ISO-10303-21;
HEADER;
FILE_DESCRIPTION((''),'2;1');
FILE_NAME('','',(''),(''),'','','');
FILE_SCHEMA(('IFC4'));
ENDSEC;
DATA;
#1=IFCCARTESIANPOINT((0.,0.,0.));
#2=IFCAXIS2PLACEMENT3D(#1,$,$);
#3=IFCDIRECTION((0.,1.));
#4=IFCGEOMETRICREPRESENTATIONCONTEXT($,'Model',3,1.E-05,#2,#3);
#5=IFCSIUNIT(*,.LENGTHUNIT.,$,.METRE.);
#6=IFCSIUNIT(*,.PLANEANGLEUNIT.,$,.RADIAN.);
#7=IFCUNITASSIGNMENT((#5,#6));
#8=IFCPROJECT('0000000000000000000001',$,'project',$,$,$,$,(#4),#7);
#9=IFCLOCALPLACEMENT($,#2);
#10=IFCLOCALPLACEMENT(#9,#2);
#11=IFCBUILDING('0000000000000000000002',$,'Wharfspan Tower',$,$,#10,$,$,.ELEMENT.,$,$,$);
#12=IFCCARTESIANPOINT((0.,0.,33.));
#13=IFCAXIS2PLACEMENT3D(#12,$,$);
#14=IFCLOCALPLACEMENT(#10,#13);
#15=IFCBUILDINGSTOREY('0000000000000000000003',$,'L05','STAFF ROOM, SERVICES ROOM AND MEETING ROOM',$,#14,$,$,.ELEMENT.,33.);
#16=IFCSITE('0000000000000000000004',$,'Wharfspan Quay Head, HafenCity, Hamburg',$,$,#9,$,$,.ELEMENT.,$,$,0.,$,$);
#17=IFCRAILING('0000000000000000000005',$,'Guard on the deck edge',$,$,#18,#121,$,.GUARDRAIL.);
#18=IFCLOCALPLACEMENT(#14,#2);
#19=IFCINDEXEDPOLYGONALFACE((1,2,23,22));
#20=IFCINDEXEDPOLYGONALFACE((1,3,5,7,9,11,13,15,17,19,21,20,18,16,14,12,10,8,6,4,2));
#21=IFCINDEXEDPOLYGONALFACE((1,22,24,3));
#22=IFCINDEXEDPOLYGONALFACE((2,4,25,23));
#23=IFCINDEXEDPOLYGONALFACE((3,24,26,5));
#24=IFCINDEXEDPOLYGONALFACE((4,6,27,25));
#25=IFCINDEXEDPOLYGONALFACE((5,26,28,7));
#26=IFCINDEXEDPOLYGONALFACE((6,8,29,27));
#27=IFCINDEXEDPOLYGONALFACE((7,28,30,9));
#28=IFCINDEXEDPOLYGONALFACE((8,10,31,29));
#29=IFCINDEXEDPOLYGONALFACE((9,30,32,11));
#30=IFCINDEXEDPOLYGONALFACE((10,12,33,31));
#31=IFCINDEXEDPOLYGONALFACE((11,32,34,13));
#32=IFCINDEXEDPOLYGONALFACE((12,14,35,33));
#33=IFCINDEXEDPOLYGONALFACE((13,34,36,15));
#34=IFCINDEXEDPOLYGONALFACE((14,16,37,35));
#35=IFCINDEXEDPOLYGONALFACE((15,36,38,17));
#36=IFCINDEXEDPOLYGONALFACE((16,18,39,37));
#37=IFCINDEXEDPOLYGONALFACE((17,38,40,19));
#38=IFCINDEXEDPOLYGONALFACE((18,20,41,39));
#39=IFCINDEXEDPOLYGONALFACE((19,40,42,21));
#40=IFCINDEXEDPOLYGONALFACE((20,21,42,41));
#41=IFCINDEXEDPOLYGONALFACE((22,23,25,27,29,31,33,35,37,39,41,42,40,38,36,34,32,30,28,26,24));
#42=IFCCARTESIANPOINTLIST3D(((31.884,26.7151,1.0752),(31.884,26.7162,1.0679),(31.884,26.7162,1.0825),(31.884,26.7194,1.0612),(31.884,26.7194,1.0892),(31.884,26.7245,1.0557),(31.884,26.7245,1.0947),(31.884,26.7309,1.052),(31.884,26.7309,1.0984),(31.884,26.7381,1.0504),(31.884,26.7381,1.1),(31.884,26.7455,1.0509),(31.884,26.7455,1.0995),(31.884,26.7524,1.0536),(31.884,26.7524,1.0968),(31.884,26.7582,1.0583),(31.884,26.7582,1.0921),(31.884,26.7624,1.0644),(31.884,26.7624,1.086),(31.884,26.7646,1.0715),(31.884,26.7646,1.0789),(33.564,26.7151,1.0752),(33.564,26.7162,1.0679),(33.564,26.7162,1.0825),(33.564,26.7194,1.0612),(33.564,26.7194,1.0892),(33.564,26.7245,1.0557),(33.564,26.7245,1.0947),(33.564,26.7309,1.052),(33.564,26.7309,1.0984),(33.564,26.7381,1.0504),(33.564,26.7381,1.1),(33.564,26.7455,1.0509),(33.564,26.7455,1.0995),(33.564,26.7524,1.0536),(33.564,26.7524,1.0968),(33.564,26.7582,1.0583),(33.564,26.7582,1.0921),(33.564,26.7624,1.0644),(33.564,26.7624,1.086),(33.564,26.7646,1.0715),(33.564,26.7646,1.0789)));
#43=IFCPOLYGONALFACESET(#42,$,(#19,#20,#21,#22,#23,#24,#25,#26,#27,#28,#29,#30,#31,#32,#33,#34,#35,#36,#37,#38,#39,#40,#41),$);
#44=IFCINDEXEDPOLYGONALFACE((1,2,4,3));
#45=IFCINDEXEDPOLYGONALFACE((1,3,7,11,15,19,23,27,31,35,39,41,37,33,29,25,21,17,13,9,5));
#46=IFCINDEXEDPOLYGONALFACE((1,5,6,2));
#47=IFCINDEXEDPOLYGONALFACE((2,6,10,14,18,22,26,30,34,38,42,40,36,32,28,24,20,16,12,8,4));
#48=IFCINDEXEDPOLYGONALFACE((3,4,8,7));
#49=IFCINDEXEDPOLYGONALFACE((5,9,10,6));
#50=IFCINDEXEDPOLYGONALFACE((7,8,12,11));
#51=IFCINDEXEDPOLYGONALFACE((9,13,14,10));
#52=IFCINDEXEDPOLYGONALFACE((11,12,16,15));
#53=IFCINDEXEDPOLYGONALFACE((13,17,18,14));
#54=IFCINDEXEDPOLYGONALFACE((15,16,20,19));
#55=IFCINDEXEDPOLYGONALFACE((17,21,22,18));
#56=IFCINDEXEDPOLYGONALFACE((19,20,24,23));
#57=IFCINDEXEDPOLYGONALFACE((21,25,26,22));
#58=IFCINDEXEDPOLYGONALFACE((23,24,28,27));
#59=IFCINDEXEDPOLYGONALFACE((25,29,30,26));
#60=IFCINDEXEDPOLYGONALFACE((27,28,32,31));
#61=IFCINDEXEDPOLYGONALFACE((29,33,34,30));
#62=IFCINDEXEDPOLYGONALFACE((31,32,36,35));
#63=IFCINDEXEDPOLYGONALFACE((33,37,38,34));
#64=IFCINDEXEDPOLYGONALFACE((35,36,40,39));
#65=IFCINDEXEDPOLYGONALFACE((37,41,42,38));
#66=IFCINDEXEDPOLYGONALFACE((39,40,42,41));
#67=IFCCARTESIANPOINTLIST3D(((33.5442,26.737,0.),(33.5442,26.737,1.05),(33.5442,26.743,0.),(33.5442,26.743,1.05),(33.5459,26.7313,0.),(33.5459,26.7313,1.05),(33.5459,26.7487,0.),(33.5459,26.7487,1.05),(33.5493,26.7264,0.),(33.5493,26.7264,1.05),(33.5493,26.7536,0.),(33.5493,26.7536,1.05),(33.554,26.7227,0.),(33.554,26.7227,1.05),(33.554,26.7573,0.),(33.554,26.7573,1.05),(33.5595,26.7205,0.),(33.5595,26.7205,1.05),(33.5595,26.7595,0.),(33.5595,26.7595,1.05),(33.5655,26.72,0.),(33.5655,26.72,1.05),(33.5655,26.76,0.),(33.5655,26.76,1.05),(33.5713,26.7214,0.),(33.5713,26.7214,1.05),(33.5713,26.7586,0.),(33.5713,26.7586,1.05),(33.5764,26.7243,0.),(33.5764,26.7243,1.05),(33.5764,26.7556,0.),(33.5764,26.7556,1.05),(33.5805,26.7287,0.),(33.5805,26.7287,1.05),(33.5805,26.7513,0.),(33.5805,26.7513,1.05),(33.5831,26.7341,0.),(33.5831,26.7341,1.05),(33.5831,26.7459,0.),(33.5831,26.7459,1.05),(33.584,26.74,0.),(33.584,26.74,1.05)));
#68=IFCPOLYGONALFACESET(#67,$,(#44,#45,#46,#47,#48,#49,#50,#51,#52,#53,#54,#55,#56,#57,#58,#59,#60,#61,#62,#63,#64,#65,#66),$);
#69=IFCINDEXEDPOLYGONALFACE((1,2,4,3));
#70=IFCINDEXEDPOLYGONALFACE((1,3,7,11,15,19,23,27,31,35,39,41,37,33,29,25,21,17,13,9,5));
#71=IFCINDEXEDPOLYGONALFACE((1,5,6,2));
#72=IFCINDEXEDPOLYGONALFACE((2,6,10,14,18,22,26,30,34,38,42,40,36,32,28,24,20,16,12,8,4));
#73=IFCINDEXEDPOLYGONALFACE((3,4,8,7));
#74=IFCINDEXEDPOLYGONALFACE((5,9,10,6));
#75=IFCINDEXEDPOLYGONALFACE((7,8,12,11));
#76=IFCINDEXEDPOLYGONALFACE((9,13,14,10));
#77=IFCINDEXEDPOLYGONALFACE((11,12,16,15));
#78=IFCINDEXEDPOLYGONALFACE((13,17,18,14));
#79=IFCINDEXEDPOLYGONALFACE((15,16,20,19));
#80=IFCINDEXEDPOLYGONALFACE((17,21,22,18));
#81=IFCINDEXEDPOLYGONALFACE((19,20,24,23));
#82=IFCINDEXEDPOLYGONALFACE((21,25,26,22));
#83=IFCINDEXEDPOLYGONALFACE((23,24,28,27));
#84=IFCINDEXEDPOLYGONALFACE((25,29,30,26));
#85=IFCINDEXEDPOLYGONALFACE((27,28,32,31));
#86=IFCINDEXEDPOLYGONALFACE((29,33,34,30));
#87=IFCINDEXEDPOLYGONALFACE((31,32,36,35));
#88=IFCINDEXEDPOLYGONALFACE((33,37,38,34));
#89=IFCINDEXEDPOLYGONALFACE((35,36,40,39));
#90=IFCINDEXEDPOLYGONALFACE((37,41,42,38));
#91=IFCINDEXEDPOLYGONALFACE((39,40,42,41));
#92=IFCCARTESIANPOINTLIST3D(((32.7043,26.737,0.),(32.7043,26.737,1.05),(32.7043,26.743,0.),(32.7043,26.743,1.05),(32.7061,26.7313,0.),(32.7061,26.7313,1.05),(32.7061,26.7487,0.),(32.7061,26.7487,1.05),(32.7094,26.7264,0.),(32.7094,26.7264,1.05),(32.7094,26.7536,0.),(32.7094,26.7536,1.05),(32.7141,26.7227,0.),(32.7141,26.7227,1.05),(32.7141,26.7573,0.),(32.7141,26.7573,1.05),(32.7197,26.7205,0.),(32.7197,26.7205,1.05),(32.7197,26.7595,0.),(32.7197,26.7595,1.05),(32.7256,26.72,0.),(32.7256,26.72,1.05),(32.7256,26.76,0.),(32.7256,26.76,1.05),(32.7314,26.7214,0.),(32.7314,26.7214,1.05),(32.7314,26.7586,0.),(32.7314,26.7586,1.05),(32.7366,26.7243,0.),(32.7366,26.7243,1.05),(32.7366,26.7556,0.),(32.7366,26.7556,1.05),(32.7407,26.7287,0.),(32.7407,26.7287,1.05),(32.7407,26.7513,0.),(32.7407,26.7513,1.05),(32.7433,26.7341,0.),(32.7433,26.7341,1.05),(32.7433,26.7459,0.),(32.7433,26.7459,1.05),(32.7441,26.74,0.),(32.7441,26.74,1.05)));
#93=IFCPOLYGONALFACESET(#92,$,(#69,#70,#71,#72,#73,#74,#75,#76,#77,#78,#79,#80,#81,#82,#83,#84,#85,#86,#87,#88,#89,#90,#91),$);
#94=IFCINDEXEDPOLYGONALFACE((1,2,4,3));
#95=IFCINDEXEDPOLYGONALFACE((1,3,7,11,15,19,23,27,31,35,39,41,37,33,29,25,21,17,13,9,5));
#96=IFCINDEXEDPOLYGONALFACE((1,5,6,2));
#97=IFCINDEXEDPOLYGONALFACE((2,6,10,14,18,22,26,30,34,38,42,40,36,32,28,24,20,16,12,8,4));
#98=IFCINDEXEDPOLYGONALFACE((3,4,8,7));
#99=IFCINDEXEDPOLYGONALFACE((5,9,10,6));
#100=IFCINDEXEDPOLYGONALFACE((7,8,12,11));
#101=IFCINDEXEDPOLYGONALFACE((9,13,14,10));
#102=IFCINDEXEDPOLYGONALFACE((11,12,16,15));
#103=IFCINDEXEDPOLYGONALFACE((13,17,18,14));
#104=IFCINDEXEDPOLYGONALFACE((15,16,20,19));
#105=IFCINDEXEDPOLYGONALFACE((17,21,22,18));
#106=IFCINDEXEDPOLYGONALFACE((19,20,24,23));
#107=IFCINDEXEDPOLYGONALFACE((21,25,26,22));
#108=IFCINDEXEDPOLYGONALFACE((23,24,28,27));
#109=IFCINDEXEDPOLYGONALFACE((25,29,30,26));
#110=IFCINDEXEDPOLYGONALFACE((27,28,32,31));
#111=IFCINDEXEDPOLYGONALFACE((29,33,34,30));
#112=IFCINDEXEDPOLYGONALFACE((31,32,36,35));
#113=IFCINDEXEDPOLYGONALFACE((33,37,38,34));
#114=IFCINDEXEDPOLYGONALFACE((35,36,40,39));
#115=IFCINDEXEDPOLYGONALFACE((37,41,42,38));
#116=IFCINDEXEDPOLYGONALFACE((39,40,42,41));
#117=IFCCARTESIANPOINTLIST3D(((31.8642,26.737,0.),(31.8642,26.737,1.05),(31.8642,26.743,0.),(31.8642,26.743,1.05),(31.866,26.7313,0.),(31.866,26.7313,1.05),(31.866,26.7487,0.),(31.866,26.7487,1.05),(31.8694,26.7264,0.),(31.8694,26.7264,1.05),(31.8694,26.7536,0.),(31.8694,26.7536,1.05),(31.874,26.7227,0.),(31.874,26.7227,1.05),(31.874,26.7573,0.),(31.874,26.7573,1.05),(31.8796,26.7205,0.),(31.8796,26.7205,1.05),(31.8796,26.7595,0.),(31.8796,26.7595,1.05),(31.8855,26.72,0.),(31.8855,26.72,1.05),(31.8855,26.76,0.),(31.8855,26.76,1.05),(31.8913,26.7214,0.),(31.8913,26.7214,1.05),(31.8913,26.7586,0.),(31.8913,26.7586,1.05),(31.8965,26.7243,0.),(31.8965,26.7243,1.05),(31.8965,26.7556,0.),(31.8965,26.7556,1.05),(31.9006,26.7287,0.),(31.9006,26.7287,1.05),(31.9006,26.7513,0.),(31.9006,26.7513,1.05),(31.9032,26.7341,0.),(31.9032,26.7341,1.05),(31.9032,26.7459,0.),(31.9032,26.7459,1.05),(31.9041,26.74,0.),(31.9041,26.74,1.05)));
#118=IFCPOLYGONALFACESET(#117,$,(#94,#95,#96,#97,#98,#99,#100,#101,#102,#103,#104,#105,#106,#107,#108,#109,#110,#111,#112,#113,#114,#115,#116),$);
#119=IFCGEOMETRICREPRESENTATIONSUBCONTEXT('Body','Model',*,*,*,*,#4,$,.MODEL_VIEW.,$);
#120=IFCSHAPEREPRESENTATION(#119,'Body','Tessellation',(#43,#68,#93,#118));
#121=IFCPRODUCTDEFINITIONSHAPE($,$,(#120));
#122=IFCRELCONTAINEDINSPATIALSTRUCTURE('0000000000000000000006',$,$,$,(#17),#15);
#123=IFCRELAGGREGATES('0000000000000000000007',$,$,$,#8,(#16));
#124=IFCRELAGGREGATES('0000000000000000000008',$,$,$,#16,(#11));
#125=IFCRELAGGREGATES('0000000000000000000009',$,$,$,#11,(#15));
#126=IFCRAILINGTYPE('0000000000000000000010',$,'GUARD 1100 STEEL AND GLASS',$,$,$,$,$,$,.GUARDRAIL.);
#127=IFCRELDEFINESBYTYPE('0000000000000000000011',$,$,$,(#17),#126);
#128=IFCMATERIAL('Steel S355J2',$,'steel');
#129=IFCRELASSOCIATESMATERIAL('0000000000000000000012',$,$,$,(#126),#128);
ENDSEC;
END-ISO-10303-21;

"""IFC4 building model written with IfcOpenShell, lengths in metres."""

from ifc_helpers import new_model, si_unit, direction, frame, origin, origin_2d, place, context, subcontext, project, spatial, circle, extrude, material, type_object, element, save


model = new_model("IFC4")

# Units and contexts
model_context = context("Model", 3, precision=1e-05, world=origin(), true_north=direction((0.0, 1.0)))
body_context = subcontext(model_context, "Body", "Model", "MODEL_VIEW")
ifc_project = project(units=[si_unit("LENGTHUNIT", "METRE"), si_unit("PLANEANGLEUNIT", "RADIAN")], contexts=[model_context])

# Site, building, storey
site_placement = place(None, origin())
site = spatial("IfcSite", under=ifc_project, at=site_placement, Name="Wharfspan Quay Head, HafenCity, Hamburg", CompositionType="ELEMENT", RefElevation=0.0)
building_placement = place(site_placement, origin())
building = spatial("IfcBuilding", under=site, at=building_placement, Name="Wharfspan Tower", CompositionType="ELEMENT")
storey_placement = place(building_placement, frame((0.0, 0.0, 33.0)))
storey = spatial("IfcBuildingStorey", under=building, at=storey_placement, Name="L05", Description="STAFF ROOM, SERVICES ROOM AND MEETING ROOM", CompositionType="ELEMENT", Elevation=33.0)

# Railing
ifc_material_1 = material(Name="Steel S355J2", Category="steel")
railing_type = type_object("IfcRailingType", Name="GUARD 1100 STEEL AND GLASS", PredefinedType="GUARDRAIL", material=ifc_material_1)
railing_1_placement = place(storey_placement, frame((33.564, 26.74, 0.0)))
element("IfcRailing", 1, at=railing_1_placement, inside=storey, type_object=railing_type, Name="Guard on the deck edge", PredefinedType="GUARDRAIL", context=body_context, shape_type="SweptSolid", body=[
    extrude(circle(Radius=0.0249, at=origin_2d()), frame((0.0, 0.0, 1.0752), z_axis=(-1.0, 0.0, 0.0), x_axis=(0.0, -1.0, 0.0)), (0.0, 0.0, 1.0), 1.6799),
    extrude(circle(Radius=0.02, at=origin_2d()), origin(), (0.0, 0.0, 1.0), 1.05),
    extrude(circle(Radius=0.02, at=origin_2d()), frame((-0.8398, 0.0, 0.0)), (0.0, 0.0, 1.0), 1.05),
    extrude(circle(Radius=0.02, at=origin_2d()), frame((-1.6799, 0.0, 0.0)), (0.0, 0.0, 1.0), 1.05),
])

save(model, "model.ifc")
